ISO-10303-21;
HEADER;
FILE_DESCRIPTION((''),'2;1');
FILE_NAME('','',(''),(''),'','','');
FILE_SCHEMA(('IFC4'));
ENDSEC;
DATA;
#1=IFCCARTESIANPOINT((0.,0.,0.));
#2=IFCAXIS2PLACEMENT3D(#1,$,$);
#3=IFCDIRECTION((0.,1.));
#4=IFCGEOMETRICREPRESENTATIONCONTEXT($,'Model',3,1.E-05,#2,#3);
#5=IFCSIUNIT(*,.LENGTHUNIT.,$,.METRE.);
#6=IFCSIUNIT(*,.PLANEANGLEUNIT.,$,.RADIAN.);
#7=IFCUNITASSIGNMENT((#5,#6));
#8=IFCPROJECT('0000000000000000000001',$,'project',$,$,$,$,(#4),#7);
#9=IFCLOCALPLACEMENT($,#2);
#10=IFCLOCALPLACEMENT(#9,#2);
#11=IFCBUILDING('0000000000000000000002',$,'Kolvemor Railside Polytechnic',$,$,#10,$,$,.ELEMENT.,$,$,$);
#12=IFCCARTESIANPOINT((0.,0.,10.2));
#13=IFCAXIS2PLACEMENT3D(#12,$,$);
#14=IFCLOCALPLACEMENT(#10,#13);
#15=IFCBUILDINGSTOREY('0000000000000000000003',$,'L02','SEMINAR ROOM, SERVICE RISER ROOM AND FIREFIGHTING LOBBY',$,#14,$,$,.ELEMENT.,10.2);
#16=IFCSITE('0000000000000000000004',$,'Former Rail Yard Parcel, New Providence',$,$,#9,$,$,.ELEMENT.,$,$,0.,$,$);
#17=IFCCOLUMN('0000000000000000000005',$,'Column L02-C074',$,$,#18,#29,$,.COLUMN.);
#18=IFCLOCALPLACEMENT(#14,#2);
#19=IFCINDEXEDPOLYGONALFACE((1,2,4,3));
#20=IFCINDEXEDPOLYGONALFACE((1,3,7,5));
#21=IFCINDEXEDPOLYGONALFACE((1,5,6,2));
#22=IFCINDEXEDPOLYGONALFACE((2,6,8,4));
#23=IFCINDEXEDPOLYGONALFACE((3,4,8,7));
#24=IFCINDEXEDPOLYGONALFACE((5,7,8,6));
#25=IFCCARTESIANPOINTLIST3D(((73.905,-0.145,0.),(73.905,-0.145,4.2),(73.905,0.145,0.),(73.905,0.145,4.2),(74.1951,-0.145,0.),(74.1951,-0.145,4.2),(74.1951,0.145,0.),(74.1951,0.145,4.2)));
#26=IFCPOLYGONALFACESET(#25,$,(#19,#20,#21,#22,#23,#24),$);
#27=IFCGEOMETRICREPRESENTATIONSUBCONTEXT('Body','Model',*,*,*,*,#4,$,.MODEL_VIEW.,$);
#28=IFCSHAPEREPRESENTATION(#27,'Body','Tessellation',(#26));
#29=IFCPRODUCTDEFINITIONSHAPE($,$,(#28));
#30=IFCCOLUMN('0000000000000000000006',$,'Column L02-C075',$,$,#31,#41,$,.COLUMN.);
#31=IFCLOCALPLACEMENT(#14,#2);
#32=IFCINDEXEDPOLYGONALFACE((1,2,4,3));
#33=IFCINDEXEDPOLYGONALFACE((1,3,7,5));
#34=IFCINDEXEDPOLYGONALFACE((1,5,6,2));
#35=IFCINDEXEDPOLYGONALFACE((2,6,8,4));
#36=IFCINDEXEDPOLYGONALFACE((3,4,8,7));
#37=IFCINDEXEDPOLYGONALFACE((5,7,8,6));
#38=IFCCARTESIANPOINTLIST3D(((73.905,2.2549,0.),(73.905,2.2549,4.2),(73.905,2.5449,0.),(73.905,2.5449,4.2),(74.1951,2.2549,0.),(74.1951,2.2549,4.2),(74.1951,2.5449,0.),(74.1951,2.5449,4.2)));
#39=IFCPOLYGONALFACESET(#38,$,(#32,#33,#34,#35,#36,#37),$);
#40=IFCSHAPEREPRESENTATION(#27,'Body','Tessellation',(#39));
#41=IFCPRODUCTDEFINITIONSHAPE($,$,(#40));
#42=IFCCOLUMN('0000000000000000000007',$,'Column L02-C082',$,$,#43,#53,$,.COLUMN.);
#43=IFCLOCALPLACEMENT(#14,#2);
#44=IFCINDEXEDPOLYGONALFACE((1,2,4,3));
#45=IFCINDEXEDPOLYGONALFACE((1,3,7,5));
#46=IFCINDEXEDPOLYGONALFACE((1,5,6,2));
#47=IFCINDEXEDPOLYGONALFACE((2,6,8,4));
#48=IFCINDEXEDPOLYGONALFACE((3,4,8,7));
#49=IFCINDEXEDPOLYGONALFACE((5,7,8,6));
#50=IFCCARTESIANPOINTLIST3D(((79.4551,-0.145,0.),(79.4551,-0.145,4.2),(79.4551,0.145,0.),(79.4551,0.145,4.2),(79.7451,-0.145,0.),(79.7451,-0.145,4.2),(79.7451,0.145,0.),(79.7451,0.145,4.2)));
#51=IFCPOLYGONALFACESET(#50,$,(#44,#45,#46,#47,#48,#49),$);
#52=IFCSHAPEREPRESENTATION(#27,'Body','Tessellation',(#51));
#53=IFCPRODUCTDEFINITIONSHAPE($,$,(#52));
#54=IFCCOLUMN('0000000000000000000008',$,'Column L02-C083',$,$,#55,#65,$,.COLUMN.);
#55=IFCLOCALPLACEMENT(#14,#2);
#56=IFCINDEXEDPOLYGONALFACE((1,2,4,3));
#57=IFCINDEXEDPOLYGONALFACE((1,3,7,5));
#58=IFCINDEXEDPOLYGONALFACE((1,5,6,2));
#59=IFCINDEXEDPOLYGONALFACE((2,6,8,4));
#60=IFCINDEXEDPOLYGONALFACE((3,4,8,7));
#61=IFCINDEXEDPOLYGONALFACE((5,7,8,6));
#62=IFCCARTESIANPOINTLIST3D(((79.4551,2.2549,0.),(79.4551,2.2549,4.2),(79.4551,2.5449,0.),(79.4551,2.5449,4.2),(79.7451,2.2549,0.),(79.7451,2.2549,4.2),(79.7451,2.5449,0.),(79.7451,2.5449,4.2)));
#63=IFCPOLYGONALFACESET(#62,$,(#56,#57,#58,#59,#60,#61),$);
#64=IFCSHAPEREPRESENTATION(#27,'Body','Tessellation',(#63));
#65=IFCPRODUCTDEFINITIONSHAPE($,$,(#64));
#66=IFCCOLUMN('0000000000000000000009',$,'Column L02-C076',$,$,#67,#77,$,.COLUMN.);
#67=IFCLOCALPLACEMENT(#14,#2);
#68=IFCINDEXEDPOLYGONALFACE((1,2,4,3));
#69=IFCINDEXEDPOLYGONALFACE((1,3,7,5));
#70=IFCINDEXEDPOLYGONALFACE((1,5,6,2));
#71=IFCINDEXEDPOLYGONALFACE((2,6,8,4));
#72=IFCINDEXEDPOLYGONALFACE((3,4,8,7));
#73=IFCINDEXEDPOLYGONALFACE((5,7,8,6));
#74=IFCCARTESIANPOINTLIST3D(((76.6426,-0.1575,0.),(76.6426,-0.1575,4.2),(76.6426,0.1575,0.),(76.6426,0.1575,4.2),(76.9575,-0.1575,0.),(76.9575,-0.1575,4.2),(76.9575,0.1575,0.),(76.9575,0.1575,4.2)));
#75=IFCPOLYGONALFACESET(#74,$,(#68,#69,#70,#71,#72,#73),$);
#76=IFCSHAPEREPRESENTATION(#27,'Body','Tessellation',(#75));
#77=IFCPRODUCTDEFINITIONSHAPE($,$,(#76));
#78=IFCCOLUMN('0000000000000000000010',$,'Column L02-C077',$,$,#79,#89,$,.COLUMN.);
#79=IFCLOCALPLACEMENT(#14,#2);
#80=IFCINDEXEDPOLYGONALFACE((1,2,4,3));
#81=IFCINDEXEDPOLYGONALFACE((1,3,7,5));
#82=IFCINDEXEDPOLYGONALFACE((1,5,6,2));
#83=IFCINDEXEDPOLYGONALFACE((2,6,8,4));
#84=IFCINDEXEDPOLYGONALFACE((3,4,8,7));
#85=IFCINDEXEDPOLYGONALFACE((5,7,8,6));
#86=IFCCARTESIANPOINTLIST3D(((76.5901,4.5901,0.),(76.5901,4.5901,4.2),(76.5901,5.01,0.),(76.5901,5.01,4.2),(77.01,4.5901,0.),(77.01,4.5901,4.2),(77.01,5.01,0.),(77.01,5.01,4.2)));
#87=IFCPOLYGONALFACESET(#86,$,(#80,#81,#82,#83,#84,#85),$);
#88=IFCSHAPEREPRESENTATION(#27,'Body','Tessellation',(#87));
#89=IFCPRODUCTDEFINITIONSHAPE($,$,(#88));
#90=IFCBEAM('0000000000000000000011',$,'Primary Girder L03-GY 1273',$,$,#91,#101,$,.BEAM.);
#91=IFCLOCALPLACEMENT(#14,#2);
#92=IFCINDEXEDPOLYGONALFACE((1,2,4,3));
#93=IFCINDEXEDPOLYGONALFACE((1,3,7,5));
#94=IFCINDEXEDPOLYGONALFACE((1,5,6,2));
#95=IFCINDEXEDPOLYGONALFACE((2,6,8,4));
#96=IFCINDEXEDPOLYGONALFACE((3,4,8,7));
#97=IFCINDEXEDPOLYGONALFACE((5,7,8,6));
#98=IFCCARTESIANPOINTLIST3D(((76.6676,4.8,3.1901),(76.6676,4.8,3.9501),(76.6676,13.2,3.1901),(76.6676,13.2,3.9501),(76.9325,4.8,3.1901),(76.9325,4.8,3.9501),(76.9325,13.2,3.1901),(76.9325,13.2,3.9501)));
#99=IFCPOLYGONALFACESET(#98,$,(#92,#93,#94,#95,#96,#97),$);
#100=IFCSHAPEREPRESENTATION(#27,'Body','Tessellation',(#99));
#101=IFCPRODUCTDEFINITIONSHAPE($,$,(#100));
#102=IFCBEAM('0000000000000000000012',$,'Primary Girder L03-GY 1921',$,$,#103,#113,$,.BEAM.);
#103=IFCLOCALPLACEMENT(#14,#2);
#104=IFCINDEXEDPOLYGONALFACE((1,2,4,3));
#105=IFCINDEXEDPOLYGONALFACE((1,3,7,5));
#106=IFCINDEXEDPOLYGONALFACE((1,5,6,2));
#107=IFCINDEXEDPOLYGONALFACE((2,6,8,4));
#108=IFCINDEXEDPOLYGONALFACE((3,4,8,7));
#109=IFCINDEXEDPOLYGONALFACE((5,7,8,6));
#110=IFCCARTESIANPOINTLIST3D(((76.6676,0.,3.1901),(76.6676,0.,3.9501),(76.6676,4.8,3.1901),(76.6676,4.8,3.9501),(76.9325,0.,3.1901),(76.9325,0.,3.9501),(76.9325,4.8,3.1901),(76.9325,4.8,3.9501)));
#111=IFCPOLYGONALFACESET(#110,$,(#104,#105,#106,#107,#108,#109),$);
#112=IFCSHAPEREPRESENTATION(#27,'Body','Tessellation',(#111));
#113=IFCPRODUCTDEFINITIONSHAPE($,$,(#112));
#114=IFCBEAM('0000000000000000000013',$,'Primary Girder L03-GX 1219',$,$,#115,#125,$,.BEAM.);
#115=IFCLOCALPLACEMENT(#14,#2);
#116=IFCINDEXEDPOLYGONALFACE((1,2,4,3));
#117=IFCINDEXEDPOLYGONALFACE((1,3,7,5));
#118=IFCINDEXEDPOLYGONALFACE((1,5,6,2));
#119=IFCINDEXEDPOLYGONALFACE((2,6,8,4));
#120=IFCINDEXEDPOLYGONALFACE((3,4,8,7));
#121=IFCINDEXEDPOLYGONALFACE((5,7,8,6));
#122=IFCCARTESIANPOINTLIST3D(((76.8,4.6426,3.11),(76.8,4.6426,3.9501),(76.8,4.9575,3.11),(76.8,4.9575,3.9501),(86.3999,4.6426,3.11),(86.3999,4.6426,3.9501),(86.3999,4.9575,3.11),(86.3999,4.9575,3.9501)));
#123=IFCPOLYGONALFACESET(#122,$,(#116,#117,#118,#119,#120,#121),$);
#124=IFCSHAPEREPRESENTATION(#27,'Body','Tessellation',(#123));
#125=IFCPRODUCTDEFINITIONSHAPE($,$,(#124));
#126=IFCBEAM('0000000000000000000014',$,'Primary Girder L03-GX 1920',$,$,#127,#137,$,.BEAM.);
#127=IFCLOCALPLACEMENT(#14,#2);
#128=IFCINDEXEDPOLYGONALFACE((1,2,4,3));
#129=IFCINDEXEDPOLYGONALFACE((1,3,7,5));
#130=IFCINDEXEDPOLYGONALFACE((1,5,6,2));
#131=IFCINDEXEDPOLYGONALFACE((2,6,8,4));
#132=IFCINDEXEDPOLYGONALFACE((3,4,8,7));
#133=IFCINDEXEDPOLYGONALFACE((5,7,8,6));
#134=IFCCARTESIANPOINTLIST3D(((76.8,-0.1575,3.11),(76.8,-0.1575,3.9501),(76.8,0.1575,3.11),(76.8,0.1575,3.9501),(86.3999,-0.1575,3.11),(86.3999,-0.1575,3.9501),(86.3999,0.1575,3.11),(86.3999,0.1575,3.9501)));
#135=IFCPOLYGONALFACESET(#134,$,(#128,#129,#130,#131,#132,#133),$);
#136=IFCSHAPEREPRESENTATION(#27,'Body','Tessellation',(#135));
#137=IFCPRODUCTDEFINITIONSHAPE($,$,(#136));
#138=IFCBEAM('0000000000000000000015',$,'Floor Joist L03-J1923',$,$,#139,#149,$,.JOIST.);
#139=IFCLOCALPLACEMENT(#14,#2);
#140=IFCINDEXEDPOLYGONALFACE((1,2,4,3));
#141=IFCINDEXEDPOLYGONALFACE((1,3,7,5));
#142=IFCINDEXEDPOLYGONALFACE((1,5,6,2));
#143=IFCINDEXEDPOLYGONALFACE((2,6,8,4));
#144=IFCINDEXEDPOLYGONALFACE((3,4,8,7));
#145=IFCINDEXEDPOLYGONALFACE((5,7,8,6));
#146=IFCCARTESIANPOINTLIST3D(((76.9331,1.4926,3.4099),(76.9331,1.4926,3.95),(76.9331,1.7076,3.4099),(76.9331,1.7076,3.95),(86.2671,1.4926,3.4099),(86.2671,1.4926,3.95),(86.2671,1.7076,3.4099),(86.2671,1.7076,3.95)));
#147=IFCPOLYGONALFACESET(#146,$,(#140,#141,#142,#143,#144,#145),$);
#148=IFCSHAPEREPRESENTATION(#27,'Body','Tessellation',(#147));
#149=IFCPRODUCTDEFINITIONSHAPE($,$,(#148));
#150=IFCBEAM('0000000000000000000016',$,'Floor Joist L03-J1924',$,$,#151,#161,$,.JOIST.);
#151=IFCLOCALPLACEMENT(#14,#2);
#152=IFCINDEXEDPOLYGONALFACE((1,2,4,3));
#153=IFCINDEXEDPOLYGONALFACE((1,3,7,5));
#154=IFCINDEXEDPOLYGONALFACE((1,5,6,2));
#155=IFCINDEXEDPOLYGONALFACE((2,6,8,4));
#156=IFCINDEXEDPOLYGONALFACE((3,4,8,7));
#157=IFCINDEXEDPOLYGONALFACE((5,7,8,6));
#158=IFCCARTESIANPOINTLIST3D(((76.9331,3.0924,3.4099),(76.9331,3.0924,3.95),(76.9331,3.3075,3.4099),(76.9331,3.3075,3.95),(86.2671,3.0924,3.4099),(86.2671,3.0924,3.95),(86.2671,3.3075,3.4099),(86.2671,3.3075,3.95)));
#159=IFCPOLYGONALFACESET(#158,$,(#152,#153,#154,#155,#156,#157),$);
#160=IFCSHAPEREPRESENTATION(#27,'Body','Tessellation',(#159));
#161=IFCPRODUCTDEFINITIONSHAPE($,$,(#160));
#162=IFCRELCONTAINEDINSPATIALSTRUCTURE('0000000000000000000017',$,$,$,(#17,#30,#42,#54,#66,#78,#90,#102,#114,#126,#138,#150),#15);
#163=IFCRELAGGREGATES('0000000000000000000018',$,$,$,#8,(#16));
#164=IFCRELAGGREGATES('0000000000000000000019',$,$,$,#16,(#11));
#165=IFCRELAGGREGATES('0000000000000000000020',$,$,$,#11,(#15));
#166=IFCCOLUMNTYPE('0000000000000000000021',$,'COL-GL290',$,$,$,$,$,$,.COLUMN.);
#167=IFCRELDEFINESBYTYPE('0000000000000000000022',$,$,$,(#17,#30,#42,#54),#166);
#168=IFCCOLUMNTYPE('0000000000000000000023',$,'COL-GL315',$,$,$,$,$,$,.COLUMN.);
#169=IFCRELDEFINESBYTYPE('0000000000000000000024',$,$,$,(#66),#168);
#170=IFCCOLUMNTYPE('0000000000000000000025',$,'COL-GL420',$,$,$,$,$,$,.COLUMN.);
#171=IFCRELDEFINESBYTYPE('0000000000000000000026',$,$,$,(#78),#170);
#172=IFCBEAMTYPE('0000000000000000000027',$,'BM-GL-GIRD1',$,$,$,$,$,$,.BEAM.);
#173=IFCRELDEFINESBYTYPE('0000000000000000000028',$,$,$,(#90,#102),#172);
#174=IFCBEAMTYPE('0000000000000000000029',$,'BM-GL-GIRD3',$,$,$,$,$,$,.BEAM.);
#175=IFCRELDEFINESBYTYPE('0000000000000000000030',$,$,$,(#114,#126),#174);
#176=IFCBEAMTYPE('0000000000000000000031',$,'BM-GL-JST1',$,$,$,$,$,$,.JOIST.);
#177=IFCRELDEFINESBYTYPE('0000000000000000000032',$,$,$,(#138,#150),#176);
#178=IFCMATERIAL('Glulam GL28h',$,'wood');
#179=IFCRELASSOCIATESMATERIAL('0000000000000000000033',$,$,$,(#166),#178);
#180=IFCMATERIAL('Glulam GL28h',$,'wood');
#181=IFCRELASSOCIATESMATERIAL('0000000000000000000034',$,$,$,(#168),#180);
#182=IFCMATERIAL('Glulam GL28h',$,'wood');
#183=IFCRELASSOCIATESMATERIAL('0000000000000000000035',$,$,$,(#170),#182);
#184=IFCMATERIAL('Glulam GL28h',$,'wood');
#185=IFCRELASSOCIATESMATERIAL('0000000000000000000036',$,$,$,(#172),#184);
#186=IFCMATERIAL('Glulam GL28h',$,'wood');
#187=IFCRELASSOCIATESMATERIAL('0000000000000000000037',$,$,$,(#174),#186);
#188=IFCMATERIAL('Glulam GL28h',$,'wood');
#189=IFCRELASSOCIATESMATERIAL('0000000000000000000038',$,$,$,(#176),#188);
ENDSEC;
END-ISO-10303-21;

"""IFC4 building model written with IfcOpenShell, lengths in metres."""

from ifc_helpers import new_model, si_unit, direction, frame, origin, origin_2d, place, context, subcontext, project, spatial, rectangle, extrude, material, material_profile, profile_set, type_object, element, save


model = new_model("IFC4")

# Units and contexts
model_context = context("Model", 3, precision=1e-05, world=origin(), true_north=direction((0.0, 1.0)))
body_context = subcontext(model_context, "Body", "Model", "MODEL_VIEW")
ifc_project = project(units=[si_unit("LENGTHUNIT", "METRE"), si_unit("PLANEANGLEUNIT", "RADIAN")], contexts=[model_context])

# Site, building, storey
site_placement = place(None, origin())
site = spatial("IfcSite", under=ifc_project, at=site_placement, Name="Former Rail Yard Parcel, New Providence", CompositionType="ELEMENT", RefElevation=0.0)
building_placement = place(site_placement, origin())
building = spatial("IfcBuilding", under=site, at=building_placement, Name="Kolvemor Railside Polytechnic", CompositionType="ELEMENT")
storey_placement = place(building_placement, frame((0.0, 0.0, 10.2)))
storey = spatial("IfcBuildingStorey", under=building, at=storey_placement, Name="L02", Description="SEMINAR ROOM, SERVICE RISER ROOM AND FIREFIGHTING LOBBY", CompositionType="ELEMENT", Elevation=10.2)

# Columns
ifc_material_1 = material(Name="Glulam GL28h", Category="wood")
ifc_material_profile_1 = material_profile(ifc_material_1, rectangle(XDim=0.29, YDim=0.29, at=origin_2d()), Name="GL290x290")
ifc_profile_set_1 = profile_set([ifc_material_profile_1], Name="Glulam GL28h")
column_type_1 = type_object("IfcColumnType", Name="COL-GL290", PredefinedType="COLUMN", material=ifc_profile_set_1)
for number, where, z_axis, x_axis, name in (
    (1, (74.05, 0.0, 0.0), (0.0, 0.0, 1.0), (1.0, 0.0, 0.0), "Column L02-C074"),
    (2, (74.05, 2.3999, 0.0), (0.0, 0.0, 1.0), (1.0, 0.0, 0.0), "Column L02-C075"),
    (3, (79.6001, 0.0, 0.0), (0.0, 0.0, 1.0), (1.0, 0.0, 0.0), "Column L02-C082"),
    (4, (79.6001, 2.3999, 0.0), (0.0, 0.0, 1.0), (1.0, 0.0, 0.0), "Column L02-C083"),
):
    element("IfcColumn", number, at=place(storey_placement, frame(where, z_axis=z_axis, x_axis=x_axis)), inside=storey, type_object=column_type_1, Name=name, PredefinedType="COLUMN", context=body_context, shape_type="SweptSolid", body=[
        extrude(rectangle(XDim=0.29, YDim=0.29, at=origin_2d()), origin(), (0.0, 0.0, 1.0), 4.2),
    ])
ifc_material_2 = material(Name="Glulam GL28h", Category="wood")
ifc_material_profile_2 = material_profile(ifc_material_2, rectangle(XDim=0.3149, YDim=0.3149, at=origin_2d()), Name="GL315x315")
ifc_profile_set_2 = profile_set([ifc_material_profile_2], Name="Glulam GL28h")
column_type_2 = type_object("IfcColumnType", Name="COL-GL315", PredefinedType="COLUMN", material=ifc_profile_set_2)
column_1_placement = place(storey_placement, frame((76.8, 0.0, 0.0), z_axis=(0.0, 0.0, 1.0), x_axis=(1.0, 0.0, 0.0)))
element("IfcColumn", 5, at=column_1_placement, inside=storey, type_object=column_type_2, Name="Column L02-C076", PredefinedType="COLUMN", context=body_context, shape_type="SweptSolid", body=[
    extrude(rectangle(XDim=0.3149, YDim=0.3149, at=origin_2d()), origin(), (0.0, 0.0, 1.0), 4.2),
])
ifc_material_3 = material(Name="Glulam GL28h", Category="wood")
ifc_material_profile_3 = material_profile(ifc_material_3, rectangle(XDim=0.4199, YDim=0.4199, at=origin_2d()), Name="GL420x420")
ifc_profile_set_3 = profile_set([ifc_material_profile_3], Name="Glulam GL28h")
column_type_3 = type_object("IfcColumnType", Name="COL-GL420", PredefinedType="COLUMN", material=ifc_profile_set_3)
column_2_placement = place(storey_placement, frame((76.8, 4.8, 0.0), z_axis=(0.0, 0.0, 1.0), x_axis=(1.0, 0.0, 0.0)))
element("IfcColumn", 6, at=column_2_placement, inside=storey, type_object=column_type_3, Name="Column L02-C077", PredefinedType="COLUMN", context=body_context, shape_type="SweptSolid", body=[
    extrude(rectangle(XDim=0.4199, YDim=0.4199, at=origin_2d()), origin(), (0.0, 0.0, 1.0), 4.2),
])

# Beams
ifc_material_4 = material(Name="Glulam GL28h", Category="wood")
ifc_material_profile_4 = material_profile(ifc_material_4, rectangle(XDim=0.2649, YDim=0.76, at=origin_2d()), Name="GL265x760")
ifc_profile_set_4 = profile_set([ifc_material_profile_4], Name="Glulam GL28h")
beam_type_1 = type_object("IfcBeamType", Name="BM-GL-GIRD1", PredefinedType="BEAM", material=ifc_profile_set_4)
beam_1_placement = place(storey_placement, frame((76.8, 4.8, 3.5701), z_axis=(0.0, 1.0, 0.0), x_axis=(-1.0, 0.0, 0.0)))
element("IfcBeam", 7, at=beam_1_placement, inside=storey, type_object=beam_type_1, Name="Primary Girder L03-GY 1273", PredefinedType="BEAM", context=body_context, shape_type="SweptSolid", body=[
    extrude(rectangle(XDim=0.2649, YDim=0.76, at=origin_2d()), origin(), (0.0, 0.0, 1.0), 8.3999),
])
beam_2_placement = place(storey_placement, frame((76.8, 0.0, 3.5701), z_axis=(0.0, 1.0, 0.0), x_axis=(-1.0, 0.0, 0.0)))
element("IfcBeam", 8, at=beam_2_placement, inside=storey, type_object=beam_type_1, Name="Primary Girder L03-GY 1921", PredefinedType="BEAM", context=body_context, shape_type="SweptSolid", body=[
    extrude(rectangle(XDim=0.2649, YDim=0.76, at=origin_2d()), origin(), (0.0, 0.0, 1.0), 4.8),
])
ifc_material_5 = material(Name="Glulam GL28h", Category="wood")
ifc_material_profile_5 = material_profile(ifc_material_5, rectangle(XDim=0.3149, YDim=0.8401, at=origin_2d()), Name="GL315x840")
ifc_profile_set_5 = profile_set([ifc_material_profile_5], Name="Glulam GL28h")
beam_type_2 = type_object("IfcBeamType", Name="BM-GL-GIRD3", PredefinedType="BEAM", material=ifc_profile_set_5)
for number, where, z_axis, x_axis, name in (
    (9, (76.8, 4.8, 3.53), (1.0, 0.0, 0.0), (0.0, 1.0, 0.0), "Primary Girder L03-GX 1219"),
    (10, (76.8, 0.0, 3.53), (1.0, 0.0, 0.0), (0.0, 1.0, 0.0), "Primary Girder L03-GX 1920"),
):
    element("IfcBeam", number, at=place(storey_placement, frame(where, z_axis=z_axis, x_axis=x_axis)), inside=storey, type_object=beam_type_2, Name=name, PredefinedType="BEAM", context=body_context, shape_type="SweptSolid", body=[
        extrude(rectangle(XDim=0.3149, YDim=0.8401, at=origin_2d()), origin(), (0.0, 0.0, 1.0), 9.5999),
    ])
ifc_material_6 = material(Name="Glulam GL28h", Category="wood")
ifc_material_profile_6 = material_profile(ifc_material_6, rectangle(XDim=0.2151, YDim=0.54, at=origin_2d()), Name="GL215x540")
ifc_profile_set_6 = profile_set([ifc_material_profile_6], Name="Glulam GL28h")
beam_type_3 = type_object("IfcBeamType", Name="BM-GL-JST1", PredefinedType="JOIST", material=ifc_profile_set_6)
for number, where, z_axis, x_axis, name in (
    (11, (76.9331, 1.6001, 3.6799), (1.0, 0.0, 0.0), (0.0, 1.0, 0.0), "Floor Joist L03-J1923"),
    (12, (76.9331, 3.2, 3.6799), (1.0, 0.0, 0.0), (0.0, 1.0, 0.0), "Floor Joist L03-J1924"),
):
    element("IfcBeam", number, at=place(storey_placement, frame(where, z_axis=z_axis, x_axis=x_axis)), inside=storey, type_object=beam_type_3, Name=name, PredefinedType="JOIST", context=body_context, shape_type="SweptSolid", body=[
        extrude(rectangle(XDim=0.2151, YDim=0.54, at=origin_2d()), origin(), (0.0, 0.0, 1.0), 9.334),
    ])

save(model, "model.ifc")
